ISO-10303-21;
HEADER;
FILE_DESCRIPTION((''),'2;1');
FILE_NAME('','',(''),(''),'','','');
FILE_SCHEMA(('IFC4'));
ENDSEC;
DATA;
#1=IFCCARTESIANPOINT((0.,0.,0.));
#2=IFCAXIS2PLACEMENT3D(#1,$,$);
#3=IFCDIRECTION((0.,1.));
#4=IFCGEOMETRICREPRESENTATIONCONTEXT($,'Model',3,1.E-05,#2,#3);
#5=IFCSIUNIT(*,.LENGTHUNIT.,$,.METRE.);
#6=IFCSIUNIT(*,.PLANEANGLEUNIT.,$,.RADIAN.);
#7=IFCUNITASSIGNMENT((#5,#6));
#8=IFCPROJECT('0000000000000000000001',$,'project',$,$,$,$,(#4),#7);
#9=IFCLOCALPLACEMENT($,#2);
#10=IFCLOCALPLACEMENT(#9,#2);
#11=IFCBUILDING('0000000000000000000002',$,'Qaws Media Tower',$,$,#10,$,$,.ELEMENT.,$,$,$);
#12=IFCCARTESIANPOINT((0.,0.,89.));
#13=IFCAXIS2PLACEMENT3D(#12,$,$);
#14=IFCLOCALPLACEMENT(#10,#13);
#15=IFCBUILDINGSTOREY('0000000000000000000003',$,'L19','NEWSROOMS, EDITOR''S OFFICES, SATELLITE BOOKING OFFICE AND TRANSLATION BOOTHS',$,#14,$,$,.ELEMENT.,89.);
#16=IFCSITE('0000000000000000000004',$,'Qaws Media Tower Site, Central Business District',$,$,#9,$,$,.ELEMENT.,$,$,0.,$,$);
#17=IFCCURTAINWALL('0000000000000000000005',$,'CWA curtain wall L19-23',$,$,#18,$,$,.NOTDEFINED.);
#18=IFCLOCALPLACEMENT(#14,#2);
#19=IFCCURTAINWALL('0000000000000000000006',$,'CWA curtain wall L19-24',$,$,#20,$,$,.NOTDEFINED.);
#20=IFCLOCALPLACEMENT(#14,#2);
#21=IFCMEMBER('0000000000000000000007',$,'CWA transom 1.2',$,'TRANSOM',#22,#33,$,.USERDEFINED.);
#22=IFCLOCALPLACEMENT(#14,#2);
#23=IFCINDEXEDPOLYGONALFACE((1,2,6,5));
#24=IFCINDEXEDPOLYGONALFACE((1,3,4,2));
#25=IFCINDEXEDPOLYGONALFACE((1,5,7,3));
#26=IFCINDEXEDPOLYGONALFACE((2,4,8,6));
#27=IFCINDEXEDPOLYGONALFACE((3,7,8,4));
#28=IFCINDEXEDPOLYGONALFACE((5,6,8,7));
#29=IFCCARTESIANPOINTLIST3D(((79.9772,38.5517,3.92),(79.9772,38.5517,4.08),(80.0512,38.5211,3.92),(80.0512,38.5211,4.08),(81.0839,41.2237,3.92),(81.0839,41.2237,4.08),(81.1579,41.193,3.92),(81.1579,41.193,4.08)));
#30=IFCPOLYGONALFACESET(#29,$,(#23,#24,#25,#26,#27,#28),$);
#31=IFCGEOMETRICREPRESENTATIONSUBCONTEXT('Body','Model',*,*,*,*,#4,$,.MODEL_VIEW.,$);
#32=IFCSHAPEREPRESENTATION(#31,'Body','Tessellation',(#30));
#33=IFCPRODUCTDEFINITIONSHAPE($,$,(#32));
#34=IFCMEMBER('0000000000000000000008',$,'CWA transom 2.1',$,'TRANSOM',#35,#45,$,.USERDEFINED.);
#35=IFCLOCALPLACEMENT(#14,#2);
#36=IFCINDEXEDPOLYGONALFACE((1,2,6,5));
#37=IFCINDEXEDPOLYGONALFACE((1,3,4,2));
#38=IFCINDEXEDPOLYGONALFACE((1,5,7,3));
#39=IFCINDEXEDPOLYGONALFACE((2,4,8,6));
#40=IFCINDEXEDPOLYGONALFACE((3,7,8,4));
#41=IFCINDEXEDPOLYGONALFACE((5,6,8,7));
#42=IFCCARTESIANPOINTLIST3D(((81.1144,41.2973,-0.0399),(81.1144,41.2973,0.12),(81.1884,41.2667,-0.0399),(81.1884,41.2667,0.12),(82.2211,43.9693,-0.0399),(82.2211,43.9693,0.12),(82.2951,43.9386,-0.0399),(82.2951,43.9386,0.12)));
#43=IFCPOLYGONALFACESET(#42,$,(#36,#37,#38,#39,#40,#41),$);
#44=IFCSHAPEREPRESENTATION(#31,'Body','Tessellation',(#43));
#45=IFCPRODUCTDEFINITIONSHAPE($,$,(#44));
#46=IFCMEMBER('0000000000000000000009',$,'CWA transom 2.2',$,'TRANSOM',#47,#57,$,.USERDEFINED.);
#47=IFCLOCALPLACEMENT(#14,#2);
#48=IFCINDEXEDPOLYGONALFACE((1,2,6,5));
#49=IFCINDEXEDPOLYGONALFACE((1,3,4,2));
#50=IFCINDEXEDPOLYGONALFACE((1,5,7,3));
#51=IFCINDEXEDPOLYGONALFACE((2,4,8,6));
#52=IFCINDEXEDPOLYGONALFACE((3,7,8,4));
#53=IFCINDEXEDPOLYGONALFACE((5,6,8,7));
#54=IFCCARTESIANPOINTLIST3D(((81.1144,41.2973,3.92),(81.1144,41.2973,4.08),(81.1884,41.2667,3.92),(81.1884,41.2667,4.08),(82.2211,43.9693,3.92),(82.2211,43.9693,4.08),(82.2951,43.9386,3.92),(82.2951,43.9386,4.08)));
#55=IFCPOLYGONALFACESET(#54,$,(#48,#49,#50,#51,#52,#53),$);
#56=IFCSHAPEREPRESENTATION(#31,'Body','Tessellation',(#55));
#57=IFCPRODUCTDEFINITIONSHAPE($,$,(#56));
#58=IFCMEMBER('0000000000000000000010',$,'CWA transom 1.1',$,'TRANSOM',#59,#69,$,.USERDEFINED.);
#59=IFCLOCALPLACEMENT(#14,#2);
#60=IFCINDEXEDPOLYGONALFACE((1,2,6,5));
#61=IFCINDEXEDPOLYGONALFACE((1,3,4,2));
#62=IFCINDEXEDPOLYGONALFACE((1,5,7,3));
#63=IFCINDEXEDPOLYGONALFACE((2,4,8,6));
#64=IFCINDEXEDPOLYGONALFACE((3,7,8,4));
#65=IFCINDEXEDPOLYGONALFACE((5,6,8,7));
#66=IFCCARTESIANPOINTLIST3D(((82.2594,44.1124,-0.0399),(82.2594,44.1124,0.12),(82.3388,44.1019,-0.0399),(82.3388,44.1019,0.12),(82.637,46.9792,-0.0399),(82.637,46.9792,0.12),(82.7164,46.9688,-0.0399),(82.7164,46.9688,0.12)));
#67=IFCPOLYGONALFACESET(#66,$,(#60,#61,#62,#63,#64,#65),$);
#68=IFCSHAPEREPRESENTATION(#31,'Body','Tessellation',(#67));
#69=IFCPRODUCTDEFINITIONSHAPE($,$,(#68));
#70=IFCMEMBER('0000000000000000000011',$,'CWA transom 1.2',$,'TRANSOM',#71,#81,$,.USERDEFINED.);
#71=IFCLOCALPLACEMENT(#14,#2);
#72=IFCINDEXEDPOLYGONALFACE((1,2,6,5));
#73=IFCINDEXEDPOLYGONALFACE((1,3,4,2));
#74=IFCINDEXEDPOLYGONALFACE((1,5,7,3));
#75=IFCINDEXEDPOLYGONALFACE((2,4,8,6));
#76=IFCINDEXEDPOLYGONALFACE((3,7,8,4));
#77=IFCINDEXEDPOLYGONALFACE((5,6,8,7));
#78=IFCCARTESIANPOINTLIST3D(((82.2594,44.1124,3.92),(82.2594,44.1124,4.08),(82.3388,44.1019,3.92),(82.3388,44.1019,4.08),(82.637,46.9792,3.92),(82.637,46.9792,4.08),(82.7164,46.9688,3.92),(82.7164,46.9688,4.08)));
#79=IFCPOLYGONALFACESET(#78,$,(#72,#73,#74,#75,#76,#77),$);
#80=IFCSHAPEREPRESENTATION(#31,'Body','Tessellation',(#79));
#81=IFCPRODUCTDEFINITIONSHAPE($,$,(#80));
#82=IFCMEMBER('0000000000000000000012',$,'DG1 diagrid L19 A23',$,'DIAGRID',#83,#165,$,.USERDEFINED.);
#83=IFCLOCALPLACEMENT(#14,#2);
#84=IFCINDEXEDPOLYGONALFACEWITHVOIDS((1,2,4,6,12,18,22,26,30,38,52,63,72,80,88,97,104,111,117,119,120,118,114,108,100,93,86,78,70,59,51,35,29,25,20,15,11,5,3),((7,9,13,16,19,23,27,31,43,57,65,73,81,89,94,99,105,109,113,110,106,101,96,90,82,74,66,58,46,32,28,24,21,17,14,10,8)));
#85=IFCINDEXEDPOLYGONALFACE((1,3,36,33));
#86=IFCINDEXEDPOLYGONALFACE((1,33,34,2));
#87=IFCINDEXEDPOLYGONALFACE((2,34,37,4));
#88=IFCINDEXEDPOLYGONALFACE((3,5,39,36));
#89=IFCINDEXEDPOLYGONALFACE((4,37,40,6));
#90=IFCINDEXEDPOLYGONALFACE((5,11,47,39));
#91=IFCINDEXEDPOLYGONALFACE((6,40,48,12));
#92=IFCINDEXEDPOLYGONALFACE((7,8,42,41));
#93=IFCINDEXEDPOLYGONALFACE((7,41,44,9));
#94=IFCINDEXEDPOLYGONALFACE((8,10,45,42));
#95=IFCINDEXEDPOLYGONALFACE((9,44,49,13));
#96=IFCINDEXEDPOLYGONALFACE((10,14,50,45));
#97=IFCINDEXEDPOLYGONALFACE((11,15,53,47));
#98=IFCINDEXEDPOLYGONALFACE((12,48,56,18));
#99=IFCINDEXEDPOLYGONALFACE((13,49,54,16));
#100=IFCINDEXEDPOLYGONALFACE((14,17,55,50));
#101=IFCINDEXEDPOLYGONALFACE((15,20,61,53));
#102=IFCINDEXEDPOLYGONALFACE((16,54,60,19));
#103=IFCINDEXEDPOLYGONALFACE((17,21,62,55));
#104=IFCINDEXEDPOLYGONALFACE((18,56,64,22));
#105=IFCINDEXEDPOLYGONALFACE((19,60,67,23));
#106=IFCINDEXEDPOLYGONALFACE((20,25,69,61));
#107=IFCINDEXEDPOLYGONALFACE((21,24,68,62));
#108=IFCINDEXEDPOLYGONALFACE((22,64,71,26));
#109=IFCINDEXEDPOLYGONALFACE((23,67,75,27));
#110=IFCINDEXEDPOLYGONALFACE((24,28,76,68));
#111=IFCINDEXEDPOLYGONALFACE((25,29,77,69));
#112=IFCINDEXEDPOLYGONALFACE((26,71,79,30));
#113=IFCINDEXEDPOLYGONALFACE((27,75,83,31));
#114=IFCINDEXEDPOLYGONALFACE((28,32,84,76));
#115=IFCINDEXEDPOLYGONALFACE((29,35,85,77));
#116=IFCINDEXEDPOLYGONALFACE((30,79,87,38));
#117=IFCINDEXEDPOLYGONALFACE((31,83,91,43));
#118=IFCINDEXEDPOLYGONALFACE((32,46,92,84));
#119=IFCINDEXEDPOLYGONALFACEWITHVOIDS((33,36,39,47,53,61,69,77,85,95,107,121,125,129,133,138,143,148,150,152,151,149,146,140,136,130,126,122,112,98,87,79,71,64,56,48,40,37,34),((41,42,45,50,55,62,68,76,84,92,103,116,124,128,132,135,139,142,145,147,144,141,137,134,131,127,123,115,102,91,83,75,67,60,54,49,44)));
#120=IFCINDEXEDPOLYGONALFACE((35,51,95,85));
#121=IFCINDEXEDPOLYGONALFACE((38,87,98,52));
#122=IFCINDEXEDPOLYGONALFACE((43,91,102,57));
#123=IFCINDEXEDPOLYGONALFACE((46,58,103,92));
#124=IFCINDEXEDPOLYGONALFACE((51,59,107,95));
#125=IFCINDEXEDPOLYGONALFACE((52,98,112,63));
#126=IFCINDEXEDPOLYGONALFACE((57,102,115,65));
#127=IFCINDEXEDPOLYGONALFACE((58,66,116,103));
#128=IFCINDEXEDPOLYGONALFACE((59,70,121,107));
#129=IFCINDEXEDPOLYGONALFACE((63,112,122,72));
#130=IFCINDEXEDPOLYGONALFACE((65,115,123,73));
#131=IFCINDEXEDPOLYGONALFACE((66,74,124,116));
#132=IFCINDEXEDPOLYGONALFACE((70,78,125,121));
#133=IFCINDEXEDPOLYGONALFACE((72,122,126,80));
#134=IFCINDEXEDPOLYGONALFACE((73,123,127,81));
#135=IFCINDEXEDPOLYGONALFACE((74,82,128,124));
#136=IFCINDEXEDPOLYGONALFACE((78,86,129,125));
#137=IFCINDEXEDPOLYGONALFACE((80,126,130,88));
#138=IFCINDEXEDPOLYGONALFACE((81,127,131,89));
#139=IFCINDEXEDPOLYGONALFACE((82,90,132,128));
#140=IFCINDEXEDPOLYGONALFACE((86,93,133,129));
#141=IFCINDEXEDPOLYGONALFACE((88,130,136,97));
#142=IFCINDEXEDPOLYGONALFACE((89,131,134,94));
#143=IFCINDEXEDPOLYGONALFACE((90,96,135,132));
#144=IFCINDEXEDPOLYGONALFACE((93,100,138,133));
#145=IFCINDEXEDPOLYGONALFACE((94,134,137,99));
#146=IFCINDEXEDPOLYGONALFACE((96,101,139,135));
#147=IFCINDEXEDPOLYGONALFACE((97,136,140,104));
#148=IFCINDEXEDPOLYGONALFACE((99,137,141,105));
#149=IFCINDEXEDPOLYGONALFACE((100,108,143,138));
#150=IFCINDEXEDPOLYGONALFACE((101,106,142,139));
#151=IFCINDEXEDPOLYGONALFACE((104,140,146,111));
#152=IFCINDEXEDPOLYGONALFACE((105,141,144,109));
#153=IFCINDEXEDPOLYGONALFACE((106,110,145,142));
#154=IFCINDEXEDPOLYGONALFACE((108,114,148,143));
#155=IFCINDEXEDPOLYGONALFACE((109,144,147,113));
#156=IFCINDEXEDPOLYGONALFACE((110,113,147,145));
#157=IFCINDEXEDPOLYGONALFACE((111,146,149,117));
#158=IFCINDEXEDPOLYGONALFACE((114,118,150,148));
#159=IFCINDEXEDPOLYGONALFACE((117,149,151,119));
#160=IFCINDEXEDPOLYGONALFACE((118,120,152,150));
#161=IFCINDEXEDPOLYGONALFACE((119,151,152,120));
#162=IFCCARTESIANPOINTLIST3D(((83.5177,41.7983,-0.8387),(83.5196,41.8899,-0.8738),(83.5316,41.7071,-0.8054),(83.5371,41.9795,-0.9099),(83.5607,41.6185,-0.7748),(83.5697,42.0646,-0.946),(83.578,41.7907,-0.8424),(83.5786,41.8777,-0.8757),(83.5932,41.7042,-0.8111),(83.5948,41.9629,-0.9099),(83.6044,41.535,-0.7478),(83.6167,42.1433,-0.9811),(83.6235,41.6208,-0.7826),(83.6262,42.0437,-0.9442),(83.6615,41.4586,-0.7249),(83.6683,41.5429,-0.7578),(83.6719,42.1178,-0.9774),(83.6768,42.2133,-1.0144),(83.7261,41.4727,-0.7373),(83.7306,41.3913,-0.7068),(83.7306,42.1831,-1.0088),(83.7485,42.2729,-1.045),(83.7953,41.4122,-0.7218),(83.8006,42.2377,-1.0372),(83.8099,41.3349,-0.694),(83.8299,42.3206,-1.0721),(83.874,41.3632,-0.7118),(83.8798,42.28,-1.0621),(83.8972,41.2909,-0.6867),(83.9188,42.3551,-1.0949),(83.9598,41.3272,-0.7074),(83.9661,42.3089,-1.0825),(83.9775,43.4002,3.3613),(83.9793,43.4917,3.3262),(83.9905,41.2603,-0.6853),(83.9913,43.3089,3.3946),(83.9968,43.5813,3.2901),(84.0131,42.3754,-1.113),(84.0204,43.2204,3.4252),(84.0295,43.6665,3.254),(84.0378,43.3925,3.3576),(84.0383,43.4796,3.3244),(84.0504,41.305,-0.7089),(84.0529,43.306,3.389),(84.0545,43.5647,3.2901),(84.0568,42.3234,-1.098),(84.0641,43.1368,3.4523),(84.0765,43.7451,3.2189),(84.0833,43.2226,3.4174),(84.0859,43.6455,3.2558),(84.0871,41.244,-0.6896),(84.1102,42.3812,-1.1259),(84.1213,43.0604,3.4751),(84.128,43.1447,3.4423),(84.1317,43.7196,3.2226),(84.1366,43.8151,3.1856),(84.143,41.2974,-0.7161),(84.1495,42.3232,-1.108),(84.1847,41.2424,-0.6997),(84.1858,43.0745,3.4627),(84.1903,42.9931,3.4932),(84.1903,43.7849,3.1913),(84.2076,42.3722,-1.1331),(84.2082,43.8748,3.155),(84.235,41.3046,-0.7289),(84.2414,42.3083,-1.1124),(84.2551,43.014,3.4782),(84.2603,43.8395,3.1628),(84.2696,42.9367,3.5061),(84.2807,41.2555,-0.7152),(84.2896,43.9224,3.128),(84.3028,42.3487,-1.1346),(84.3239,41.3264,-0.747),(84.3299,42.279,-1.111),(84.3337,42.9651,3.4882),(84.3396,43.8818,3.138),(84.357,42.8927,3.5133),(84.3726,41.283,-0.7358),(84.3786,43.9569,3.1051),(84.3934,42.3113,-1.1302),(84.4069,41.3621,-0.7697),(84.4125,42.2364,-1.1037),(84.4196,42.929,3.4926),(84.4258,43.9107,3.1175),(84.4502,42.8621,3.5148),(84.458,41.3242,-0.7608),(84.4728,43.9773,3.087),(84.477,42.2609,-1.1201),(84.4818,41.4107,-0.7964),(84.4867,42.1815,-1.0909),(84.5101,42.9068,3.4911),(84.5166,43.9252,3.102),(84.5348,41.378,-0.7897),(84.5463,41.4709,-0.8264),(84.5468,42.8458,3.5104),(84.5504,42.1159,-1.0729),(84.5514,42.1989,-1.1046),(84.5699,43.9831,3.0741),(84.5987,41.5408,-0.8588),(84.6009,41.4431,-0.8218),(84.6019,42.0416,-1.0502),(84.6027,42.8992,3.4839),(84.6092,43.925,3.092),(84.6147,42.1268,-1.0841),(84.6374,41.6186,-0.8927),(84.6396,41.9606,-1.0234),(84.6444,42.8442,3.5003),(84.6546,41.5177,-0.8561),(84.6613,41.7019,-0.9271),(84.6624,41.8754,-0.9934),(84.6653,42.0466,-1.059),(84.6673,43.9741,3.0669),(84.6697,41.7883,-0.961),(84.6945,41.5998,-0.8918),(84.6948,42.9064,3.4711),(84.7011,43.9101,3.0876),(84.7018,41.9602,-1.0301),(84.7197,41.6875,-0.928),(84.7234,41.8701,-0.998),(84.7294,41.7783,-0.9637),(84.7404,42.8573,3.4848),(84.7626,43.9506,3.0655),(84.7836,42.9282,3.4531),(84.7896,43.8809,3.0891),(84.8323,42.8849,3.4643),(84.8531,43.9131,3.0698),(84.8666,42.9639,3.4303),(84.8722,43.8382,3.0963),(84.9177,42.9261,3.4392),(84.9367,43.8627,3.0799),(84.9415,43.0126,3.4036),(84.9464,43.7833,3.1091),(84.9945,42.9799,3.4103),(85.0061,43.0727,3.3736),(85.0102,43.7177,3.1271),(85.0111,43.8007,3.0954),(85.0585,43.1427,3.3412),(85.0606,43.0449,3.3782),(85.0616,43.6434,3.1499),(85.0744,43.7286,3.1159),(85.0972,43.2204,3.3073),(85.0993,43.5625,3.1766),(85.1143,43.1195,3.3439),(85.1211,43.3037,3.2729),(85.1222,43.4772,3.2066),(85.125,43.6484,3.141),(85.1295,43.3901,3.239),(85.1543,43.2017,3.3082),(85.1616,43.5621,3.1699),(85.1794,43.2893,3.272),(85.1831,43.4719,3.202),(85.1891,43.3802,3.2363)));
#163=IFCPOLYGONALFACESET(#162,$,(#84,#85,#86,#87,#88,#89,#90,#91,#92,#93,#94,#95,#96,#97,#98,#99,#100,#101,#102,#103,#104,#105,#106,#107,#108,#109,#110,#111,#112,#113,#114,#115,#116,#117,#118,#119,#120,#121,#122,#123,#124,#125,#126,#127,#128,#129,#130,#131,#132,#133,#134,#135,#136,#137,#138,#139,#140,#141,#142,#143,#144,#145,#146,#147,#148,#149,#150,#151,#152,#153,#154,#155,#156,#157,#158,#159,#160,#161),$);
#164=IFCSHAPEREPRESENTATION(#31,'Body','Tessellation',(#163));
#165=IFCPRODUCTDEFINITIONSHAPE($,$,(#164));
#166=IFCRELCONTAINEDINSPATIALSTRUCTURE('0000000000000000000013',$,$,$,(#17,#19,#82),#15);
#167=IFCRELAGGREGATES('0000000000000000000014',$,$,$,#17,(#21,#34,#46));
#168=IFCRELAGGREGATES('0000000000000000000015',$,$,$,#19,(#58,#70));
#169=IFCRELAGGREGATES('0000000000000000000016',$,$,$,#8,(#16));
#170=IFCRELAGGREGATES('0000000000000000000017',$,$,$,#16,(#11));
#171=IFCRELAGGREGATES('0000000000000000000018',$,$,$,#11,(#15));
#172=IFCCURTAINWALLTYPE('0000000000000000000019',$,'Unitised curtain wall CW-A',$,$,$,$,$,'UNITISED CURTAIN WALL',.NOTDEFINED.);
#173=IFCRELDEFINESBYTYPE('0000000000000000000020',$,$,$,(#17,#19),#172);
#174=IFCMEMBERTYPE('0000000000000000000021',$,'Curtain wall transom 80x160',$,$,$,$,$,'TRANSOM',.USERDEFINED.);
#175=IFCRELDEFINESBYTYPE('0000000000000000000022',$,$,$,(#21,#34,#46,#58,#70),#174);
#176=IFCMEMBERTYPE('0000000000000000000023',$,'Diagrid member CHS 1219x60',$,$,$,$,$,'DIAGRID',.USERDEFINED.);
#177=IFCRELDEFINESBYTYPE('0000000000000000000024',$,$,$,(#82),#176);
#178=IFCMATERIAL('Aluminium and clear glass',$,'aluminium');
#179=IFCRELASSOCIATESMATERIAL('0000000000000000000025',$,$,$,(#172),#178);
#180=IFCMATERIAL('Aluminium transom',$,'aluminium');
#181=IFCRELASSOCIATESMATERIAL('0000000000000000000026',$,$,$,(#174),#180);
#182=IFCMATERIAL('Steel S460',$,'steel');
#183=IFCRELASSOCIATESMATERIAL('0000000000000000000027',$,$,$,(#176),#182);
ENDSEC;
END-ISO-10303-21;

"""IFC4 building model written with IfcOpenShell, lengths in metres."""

from ifc_helpers import new_model, si_unit, direction, frame, origin, origin_2d, place, context, subcontext, project, spatial, rectangle, hollow_circle, extrude, material, material_profile, profile_set, type_object, element, aggregate, save


model = new_model("IFC4")

# Units and contexts
model_context = context("Model", 3, precision=1e-05, world=origin(), true_north=direction((0.0, 1.0)))
body_context = subcontext(model_context, "Body", "Model", "MODEL_VIEW")
ifc_project = project(units=[si_unit("LENGTHUNIT", "METRE"), si_unit("PLANEANGLEUNIT", "RADIAN")], contexts=[model_context])

# Site, building, storey
site_placement = place(None, origin())
site = spatial("IfcSite", under=ifc_project, at=site_placement, Name="Qaws Media Tower Site, Central Business District", CompositionType="ELEMENT", RefElevation=0.0)
building_placement = place(site_placement, origin())
building = spatial("IfcBuilding", under=site, at=building_placement, Name="Qaws Media Tower", CompositionType="ELEMENT")
storey_placement = place(building_placement, frame((0.0, 0.0, 89.0)))
storey = spatial("IfcBuildingStorey", under=building, at=storey_placement, Name="L19", Description="NEWSROOMS, EDITOR'S OFFICES, SATELLITE BOOKING OFFICE AND TRANSLATION BOOTHS", CompositionType="ELEMENT", Elevation=89.0)

# Shared definitions
ifc_material_1 = material(Name="Aluminium and clear glass", Category="aluminium")
curtain_wall_type = type_object("IfcCurtainWallType", Name="Unitised curtain wall CW-A", ElementType="UNITISED CURTAIN WALL", PredefinedType="NOTDEFINED", material=ifc_material_1)

# Curtain walls
curtain_wall_1_placement = place(storey_placement, origin())
curtain_wall_1 = element("IfcCurtainWall", 1, at=curtain_wall_1_placement, inside=storey, type_object=curtain_wall_type, Name="CWA curtain wall L19-23", PredefinedType="NOTDEFINED")
curtain_wall_2_placement = place(storey_placement, origin())
curtain_wall_2 = element("IfcCurtainWall", 2, at=curtain_wall_2_placement, inside=storey, type_object=curtain_wall_type, Name="CWA curtain wall L19-24", PredefinedType="NOTDEFINED")

# Members
ifc_material_2 = material(Name="Aluminium transom", Category="aluminium")
ifc_material_profile_1 = material_profile(ifc_material_2, rectangle(XDim=0.0801, YDim=0.1599, at=origin_2d()), Name="80x160")
ifc_profile_set_1 = profile_set([ifc_material_profile_1], Name="Aluminium transom")
member_type_1 = type_object("IfcMemberType", Name="Curtain wall transom 80x160", ElementType="TRANSOM", PredefinedType="USERDEFINED", material=ifc_profile_set_1)
member_1_placement = place(storey_placement, frame((80.0142, 38.5364, 4.0), z_axis=(0.382672, 0.923884, 0.0), x_axis=(-0.923884, 0.382672, 0.0)))
member_1 = element("IfcMember", 3, at=member_1_placement, type_object=member_type_1, Name="CWA transom 1.2", ObjectType="TRANSOM", PredefinedType="USERDEFINED", context=body_context, shape_type="SweptSolid", body=[
    extrude(rectangle(XDim=0.0801, YDim=0.1599, at=origin_2d()), origin(), (0.0, 0.0, 1.0), 2.8921),
])
member_2_placement = place(storey_placement, frame((81.1514, 41.282, 0.04), z_axis=(0.382672, 0.923884, 0.0), x_axis=(-0.923884, 0.382672, 0.0)))
member_2 = element("IfcMember", 4, at=member_2_placement, type_object=member_type_1, Name="CWA transom 2.1", ObjectType="TRANSOM", PredefinedType="USERDEFINED", context=body_context, shape_type="SweptSolid", body=[
    extrude(rectangle(XDim=0.0801, YDim=0.1599, at=origin_2d()), origin(), (0.0, 0.0, 1.0), 2.8921),
])
member_3_placement = place(storey_placement, frame((81.1514, 41.282, 4.0), z_axis=(0.382672, 0.923884, 0.0), x_axis=(-0.923884, 0.382672, 0.0)))
member_3 = element("IfcMember", 5, at=member_3_placement, type_object=member_type_1, Name="CWA transom 2.2", ObjectType="TRANSOM", PredefinedType="USERDEFINED", context=body_context, shape_type="SweptSolid", body=[
    extrude(rectangle(XDim=0.0801, YDim=0.1599, at=origin_2d()), origin(), (0.0, 0.0, 1.0), 2.8921),
])
member_4_placement = place(storey_placement, frame((82.2991, 44.1072, 0.04), z_axis=(0.13061, 0.991434, 0.0), x_axis=(-0.991434, 0.13061, 0.0)))
member_4 = element("IfcMember", 6, at=member_4_placement, type_object=member_type_1, Name="CWA transom 1.1", ObjectType="TRANSOM", PredefinedType="USERDEFINED", context=body_context, shape_type="SweptSolid", body=[
    extrude(rectangle(XDim=0.0801, YDim=0.1599, at=origin_2d()), origin(), (0.0, 0.0, 1.0), 2.8916),
])
member_5_placement = place(storey_placement, frame((82.2991, 44.1072, 4.0), z_axis=(0.13061, 0.991434, 0.0), x_axis=(-0.991434, 0.13061, 0.0)))
member_5 = element("IfcMember", 7, at=member_5_placement, type_object=member_type_1, Name="CWA transom 1.2", ObjectType="TRANSOM", PredefinedType="USERDEFINED", context=body_context, shape_type="SweptSolid", body=[
    extrude(rectangle(XDim=0.0801, YDim=0.1599, at=origin_2d()), origin(), (0.0, 0.0, 1.0), 2.8916),
])

# Member
ifc_material_3 = material(Name="Steel S460", Category="steel")
ifc_material_profile_2 = material_profile(ifc_material_3, hollow_circle(Radius=0.6096, WallThickness=0.0601, at=origin_2d()), Name="CHS 1219x60")
ifc_profile_set_2 = profile_set([ifc_material_profile_2], Name="Steel S460")
member_type_2 = type_object("IfcMemberType", Name="Diagrid member CHS 1219x60", ElementType="DIAGRID", PredefinedType="USERDEFINED", material=ifc_profile_set_2)
for number, where, z_axis, x_axis, name in (
    (8, (84.123, 41.8113, -0.9099), (0.101741, 0.354501, 0.929504), (-0.961197, 0.275863, 0.0), "DG1 diagrid L19 A23"),
):
    element("IfcMember", number, at=place(storey_placement, frame(where, z_axis=z_axis, x_axis=x_axis)), inside=storey, type_object=member_type_2, Name=name, ObjectType="DIAGRID", PredefinedType="USERDEFINED", context=body_context, shape_type="SweptSolid", body=[
        extrude(hollow_circle(Radius=0.6096, WallThickness=0.0601, at=origin_2d()), origin(), (0.0, 0.0, 1.0), 4.5186),
    ])

aggregate(curtain_wall_1, [member_1, member_2, member_3])
aggregate(curtain_wall_2, [member_4, member_5])

save(model, "model.ifc")
